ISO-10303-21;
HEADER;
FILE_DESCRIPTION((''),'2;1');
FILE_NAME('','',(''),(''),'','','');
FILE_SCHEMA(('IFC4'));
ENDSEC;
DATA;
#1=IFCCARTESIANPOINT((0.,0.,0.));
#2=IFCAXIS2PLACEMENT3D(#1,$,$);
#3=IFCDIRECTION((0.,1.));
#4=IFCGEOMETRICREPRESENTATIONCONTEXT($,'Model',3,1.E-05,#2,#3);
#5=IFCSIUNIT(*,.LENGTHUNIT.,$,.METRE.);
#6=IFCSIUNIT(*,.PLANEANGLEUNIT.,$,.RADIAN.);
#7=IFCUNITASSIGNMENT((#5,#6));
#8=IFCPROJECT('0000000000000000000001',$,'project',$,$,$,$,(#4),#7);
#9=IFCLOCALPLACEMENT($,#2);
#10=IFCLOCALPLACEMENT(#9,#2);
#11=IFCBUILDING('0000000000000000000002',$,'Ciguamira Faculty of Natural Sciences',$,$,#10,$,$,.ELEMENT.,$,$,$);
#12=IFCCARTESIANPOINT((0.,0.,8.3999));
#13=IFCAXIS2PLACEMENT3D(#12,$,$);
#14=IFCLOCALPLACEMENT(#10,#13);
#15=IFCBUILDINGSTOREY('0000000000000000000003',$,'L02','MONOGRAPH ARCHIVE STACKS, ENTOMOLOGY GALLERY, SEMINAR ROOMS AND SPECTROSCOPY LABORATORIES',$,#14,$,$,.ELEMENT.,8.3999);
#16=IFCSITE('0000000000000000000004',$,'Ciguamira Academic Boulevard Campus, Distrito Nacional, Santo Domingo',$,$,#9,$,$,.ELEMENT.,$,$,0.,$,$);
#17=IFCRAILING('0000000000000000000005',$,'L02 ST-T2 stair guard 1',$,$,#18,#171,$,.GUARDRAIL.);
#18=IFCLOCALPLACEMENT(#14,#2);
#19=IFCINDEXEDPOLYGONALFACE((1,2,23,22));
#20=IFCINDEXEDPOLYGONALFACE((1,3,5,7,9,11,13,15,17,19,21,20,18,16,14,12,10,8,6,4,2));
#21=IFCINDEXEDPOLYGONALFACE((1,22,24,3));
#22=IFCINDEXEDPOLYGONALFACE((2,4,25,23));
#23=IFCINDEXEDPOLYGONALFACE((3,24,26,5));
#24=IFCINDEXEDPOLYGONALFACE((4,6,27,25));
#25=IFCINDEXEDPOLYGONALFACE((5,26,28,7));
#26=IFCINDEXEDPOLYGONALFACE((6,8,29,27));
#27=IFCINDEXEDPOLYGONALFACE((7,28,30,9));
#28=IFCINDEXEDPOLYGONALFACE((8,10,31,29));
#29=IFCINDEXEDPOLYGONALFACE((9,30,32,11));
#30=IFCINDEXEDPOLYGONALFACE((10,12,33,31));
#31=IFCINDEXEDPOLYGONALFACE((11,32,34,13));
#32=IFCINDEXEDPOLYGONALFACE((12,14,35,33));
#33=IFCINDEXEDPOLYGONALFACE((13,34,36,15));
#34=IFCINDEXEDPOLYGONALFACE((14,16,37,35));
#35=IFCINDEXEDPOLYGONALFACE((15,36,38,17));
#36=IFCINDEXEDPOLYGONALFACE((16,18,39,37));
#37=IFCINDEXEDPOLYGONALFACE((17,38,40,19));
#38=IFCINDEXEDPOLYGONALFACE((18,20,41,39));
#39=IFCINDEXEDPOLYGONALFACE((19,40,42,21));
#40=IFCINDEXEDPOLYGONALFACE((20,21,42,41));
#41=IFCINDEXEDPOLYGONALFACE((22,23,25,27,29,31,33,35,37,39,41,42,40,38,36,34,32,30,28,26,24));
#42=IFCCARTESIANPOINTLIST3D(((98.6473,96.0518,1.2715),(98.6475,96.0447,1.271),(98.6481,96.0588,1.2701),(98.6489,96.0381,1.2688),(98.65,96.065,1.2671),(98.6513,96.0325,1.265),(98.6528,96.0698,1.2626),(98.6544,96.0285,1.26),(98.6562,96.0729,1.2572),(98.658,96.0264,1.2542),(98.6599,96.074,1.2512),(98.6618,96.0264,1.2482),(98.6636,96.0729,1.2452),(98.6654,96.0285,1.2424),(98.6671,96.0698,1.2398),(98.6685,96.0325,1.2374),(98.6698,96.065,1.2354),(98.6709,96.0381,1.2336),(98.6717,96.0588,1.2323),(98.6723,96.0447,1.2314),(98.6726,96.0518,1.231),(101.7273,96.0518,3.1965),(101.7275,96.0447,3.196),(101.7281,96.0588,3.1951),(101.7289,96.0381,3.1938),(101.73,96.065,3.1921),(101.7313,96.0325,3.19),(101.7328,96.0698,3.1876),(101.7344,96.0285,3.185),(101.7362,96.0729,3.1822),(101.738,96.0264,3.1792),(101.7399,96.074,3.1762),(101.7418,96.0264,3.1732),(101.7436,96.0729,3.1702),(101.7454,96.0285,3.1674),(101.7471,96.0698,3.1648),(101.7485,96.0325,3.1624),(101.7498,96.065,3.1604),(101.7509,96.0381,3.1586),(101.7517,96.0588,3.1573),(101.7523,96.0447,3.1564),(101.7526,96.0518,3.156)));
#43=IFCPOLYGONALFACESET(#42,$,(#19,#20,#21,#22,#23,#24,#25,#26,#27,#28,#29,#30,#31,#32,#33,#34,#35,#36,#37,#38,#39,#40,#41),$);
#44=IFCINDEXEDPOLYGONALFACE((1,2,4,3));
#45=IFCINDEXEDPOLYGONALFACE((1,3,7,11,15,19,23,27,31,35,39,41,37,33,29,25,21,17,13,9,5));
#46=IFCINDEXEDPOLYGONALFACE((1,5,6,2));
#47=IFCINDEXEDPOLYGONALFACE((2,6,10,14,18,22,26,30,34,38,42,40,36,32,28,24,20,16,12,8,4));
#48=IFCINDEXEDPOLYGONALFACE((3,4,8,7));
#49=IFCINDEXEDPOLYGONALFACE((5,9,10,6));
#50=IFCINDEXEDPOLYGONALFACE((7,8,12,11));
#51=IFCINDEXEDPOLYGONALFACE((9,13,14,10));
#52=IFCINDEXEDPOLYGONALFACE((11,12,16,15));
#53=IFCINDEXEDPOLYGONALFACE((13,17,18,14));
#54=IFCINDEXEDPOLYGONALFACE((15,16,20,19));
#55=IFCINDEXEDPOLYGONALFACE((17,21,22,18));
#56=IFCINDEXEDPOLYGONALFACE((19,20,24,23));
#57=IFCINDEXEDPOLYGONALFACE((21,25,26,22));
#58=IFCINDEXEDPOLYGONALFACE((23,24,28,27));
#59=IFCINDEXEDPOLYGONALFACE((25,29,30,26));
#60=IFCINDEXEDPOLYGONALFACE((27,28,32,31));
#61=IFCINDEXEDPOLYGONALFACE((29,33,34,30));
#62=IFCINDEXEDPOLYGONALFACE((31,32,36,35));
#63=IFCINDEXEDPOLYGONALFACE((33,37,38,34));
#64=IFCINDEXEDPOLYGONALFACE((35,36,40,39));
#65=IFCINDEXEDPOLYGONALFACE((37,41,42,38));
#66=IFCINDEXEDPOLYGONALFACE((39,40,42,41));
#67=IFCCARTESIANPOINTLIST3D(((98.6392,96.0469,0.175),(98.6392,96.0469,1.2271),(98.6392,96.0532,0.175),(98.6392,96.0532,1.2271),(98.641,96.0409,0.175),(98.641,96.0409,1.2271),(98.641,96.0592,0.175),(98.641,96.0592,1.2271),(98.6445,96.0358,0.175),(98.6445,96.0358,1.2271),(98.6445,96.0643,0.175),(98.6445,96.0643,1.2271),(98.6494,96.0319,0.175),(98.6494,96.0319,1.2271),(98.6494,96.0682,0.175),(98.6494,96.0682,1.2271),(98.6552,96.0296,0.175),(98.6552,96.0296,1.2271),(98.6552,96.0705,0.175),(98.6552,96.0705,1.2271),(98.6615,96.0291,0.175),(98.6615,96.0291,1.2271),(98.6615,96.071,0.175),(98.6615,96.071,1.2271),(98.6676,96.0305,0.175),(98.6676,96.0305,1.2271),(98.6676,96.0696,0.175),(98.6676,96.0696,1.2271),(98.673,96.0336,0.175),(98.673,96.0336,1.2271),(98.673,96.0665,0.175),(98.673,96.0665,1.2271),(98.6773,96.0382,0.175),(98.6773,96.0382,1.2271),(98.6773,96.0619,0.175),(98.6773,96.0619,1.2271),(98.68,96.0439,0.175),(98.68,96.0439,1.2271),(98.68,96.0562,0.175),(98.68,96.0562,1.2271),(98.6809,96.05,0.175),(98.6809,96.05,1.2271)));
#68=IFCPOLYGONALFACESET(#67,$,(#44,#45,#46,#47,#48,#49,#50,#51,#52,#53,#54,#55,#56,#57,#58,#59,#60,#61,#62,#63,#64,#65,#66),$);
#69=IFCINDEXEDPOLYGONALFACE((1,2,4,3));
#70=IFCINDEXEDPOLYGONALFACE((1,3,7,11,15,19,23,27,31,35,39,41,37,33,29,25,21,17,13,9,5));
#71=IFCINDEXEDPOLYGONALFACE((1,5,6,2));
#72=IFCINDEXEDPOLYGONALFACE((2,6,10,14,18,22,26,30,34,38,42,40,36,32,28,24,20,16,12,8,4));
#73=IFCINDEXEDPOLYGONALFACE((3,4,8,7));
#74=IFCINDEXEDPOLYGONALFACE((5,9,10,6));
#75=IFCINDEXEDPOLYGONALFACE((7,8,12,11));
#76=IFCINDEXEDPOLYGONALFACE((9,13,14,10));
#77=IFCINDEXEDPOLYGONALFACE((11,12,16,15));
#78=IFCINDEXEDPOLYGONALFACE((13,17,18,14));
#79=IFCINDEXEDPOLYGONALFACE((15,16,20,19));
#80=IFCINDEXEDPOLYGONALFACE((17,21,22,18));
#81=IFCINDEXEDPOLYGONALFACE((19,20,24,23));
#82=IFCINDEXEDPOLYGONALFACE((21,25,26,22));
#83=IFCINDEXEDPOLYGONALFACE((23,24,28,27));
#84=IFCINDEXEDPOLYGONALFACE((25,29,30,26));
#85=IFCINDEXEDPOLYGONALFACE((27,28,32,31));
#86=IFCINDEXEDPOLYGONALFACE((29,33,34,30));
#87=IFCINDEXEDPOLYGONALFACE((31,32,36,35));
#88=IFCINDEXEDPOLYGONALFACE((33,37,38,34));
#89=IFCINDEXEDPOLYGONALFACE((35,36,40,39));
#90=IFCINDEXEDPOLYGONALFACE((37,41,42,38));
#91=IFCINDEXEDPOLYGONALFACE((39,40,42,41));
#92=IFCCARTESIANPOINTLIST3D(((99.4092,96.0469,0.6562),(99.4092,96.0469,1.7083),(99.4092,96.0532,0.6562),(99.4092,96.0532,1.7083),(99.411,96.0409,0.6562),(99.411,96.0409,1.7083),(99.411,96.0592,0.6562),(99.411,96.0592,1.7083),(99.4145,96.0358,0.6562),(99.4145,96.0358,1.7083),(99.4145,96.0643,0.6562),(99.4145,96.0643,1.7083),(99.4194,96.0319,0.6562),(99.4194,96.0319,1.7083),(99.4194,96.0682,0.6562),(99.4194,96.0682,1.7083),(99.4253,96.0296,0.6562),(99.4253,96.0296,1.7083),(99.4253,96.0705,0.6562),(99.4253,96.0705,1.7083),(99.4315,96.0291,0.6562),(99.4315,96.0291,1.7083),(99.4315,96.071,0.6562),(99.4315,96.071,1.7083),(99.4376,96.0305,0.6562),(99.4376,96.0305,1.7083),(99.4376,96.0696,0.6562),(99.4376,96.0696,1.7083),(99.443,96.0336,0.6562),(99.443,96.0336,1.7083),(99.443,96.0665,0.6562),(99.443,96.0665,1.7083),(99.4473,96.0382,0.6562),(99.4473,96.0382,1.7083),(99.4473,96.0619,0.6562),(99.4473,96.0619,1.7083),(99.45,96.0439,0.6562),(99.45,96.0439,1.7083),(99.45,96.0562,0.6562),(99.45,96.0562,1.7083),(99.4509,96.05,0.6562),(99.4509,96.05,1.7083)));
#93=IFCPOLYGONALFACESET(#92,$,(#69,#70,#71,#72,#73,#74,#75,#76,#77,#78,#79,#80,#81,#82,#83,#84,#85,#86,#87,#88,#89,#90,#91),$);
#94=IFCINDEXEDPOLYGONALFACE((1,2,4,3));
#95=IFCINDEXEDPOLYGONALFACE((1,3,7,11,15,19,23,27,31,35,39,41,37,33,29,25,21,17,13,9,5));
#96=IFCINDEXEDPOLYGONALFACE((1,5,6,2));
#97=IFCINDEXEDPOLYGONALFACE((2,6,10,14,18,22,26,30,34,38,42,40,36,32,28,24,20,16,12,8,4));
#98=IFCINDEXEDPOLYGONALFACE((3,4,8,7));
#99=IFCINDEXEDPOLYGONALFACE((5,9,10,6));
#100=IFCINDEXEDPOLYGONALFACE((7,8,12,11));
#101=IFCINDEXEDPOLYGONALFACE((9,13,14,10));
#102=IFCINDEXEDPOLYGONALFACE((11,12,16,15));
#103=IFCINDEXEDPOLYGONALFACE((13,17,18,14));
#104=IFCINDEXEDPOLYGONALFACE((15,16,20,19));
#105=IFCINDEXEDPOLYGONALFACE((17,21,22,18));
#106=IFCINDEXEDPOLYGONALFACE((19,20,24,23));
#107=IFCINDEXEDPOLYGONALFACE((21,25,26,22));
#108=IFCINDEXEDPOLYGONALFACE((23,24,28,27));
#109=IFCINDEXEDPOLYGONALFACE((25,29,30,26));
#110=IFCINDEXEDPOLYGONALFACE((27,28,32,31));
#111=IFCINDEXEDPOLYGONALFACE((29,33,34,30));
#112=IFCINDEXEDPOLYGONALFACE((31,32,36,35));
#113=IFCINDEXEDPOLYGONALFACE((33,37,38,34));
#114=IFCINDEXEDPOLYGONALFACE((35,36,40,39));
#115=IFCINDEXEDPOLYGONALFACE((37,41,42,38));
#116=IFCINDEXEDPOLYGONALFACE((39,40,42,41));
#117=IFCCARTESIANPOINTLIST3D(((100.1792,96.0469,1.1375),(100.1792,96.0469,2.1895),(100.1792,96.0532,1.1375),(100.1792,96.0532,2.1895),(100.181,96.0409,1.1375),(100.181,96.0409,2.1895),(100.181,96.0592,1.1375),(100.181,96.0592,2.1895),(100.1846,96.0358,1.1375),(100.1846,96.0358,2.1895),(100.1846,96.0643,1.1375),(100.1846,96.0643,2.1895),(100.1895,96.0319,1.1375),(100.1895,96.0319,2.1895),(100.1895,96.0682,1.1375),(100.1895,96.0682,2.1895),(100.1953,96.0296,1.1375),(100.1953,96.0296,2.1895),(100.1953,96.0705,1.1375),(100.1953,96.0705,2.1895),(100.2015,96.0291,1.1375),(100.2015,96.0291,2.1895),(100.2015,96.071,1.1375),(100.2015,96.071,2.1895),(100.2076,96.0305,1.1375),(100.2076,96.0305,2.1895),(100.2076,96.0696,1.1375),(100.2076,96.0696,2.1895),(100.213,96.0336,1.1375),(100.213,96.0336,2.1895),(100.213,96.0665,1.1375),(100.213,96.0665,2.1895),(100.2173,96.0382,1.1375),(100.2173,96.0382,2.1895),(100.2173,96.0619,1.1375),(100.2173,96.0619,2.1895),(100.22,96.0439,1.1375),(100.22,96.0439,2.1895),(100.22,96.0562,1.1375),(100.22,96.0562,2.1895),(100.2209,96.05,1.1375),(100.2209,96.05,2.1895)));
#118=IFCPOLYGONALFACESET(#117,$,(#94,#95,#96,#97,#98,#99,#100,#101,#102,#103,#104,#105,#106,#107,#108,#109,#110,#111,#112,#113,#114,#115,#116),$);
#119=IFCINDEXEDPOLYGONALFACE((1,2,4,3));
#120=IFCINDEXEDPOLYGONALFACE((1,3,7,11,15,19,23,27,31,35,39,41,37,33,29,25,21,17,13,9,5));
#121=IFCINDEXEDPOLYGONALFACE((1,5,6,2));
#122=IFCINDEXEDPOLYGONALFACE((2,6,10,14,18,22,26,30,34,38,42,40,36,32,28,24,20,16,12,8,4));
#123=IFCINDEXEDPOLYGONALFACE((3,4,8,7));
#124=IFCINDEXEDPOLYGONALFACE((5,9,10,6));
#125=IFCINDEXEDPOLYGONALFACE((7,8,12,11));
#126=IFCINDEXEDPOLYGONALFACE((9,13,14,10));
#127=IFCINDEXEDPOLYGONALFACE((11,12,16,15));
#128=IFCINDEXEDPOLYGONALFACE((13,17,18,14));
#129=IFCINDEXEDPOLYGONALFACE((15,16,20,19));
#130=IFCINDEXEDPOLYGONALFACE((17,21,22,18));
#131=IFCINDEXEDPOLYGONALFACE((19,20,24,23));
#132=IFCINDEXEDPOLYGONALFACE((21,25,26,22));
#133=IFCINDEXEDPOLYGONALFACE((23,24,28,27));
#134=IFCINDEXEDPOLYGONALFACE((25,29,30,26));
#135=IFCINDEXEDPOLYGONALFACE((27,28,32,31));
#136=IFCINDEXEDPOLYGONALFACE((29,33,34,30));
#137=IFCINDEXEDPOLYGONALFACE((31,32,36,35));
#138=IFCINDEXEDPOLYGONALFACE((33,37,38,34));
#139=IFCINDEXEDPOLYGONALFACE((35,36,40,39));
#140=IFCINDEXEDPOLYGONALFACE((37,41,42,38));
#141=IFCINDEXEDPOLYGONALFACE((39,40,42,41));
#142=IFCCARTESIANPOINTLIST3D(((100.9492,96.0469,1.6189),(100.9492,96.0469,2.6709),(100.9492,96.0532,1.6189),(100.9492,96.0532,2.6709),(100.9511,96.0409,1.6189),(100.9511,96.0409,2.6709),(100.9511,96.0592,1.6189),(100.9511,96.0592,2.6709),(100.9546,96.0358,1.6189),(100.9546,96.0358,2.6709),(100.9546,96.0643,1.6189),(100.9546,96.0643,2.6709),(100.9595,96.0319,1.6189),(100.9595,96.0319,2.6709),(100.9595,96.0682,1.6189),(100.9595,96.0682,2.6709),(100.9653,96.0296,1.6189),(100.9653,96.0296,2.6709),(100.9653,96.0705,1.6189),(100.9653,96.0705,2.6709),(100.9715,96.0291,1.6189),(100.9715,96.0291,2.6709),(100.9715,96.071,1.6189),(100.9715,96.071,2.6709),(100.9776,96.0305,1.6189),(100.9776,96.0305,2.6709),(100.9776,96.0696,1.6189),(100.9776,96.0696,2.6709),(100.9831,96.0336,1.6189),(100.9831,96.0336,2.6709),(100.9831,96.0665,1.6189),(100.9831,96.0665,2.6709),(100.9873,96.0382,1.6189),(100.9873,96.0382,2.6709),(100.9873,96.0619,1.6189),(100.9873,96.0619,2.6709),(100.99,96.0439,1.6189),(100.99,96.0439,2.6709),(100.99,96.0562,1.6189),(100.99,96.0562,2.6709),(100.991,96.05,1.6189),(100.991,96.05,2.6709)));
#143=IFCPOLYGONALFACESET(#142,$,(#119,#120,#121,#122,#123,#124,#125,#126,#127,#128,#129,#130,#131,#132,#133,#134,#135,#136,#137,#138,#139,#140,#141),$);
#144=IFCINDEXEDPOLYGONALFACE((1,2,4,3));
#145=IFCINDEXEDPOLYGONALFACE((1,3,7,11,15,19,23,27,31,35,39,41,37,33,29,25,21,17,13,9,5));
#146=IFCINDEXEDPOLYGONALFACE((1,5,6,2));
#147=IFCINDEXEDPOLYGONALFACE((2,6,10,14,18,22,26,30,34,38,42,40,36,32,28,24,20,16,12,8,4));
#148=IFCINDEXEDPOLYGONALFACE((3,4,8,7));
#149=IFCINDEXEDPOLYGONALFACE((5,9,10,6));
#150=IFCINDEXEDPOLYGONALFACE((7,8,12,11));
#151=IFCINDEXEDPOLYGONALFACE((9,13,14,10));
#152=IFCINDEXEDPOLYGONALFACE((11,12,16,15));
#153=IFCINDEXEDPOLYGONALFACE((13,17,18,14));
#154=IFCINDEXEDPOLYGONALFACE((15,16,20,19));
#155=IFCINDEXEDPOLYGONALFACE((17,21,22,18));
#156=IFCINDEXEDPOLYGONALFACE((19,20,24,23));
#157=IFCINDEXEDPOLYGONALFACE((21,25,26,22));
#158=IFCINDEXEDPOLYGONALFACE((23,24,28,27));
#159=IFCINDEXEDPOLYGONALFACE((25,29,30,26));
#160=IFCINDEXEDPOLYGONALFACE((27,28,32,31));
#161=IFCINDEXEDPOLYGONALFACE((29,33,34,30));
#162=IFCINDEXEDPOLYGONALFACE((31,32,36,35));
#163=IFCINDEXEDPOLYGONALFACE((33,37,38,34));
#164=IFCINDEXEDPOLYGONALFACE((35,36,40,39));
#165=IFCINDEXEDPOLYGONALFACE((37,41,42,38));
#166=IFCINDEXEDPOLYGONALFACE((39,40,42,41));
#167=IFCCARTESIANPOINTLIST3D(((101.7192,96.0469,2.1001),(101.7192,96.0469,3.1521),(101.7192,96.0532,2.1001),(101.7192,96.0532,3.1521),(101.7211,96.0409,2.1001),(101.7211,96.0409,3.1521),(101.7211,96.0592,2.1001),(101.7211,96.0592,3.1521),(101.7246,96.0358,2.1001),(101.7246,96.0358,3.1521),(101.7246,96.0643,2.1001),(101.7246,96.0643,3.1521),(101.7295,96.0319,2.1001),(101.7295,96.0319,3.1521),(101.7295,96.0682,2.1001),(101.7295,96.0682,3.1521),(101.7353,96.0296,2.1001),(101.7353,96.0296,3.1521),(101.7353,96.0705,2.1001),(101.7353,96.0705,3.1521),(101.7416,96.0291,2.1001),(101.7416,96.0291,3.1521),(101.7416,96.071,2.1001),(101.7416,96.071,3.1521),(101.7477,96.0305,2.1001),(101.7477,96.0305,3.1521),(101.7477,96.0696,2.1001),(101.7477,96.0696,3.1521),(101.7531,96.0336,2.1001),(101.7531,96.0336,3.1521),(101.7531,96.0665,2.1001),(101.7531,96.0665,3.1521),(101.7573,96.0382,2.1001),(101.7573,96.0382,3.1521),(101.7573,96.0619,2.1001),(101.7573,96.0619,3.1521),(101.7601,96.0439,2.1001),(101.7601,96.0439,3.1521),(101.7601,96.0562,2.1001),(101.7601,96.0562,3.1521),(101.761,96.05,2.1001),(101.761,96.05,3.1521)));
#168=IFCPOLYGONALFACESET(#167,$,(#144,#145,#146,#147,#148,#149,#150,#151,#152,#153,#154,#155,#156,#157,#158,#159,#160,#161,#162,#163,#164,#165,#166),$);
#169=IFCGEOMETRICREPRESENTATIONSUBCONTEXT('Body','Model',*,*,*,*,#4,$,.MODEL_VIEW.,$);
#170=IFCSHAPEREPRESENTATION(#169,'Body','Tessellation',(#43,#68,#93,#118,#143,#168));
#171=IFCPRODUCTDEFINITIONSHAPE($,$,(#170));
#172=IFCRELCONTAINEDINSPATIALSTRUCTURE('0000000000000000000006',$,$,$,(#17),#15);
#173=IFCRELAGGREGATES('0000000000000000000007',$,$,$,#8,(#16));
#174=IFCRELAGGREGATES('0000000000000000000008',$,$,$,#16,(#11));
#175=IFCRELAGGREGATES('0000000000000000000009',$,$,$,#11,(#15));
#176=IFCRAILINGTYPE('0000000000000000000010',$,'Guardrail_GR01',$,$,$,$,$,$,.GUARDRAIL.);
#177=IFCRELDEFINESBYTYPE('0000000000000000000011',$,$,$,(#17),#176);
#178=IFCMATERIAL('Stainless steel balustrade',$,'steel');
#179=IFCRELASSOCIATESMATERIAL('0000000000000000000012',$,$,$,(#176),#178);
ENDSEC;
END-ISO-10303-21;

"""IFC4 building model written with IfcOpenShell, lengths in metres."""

from ifc_helpers import new_model, si_unit, direction, frame, origin, origin_2d, place, context, subcontext, project, spatial, circle, extrude, material, type_object, element, save


model = new_model("IFC4")

# Units and contexts
model_context = context("Model", 3, precision=1e-05, world=origin(), true_north=direction((0.0, 1.0)))
body_context = subcontext(model_context, "Body", "Model", "MODEL_VIEW")
ifc_project = project(units=[si_unit("LENGTHUNIT", "METRE"), si_unit("PLANEANGLEUNIT", "RADIAN")], contexts=[model_context])

# Site, building, storey
site_placement = place(None, origin())
site = spatial("IfcSite", under=ifc_project, at=site_placement, Name="Ciguamira Academic Boulevard Campus, Distrito Nacional, Santo Domingo", CompositionType="ELEMENT", RefElevation=0.0)
building_placement = place(site_placement, origin())
building = spatial("IfcBuilding", under=site, at=building_placement, Name="Ciguamira Faculty of Natural Sciences", CompositionType="ELEMENT")
storey_placement = place(building_placement, frame((0.0, 0.0, 8.3999)))
storey = spatial("IfcBuildingStorey", under=building, at=storey_placement, Name="L02", Description="MONOGRAPH ARCHIVE STACKS, ENTOMOLOGY GALLERY, SEMINAR ROOMS AND SPECTROSCOPY LABORATORIES", CompositionType="ELEMENT", Elevation=8.3999)

# Railing
ifc_material_1 = material(Name="Stainless steel balustrade", Category="steel")
railing_type_1 = type_object("IfcRailingType", Name="Guardrail_GR01", PredefinedType="GUARDRAIL", material=ifc_material_1)
railing_1_placement = place(storey_placement, frame((98.6599, 96.05, 0.175)))
element("IfcRailing", 1, at=railing_1_placement, inside=storey, type_object=railing_type_1, Name="L02 ST-T2 stair guard 1", PredefinedType="GUARDRAIL", context=body_context, shape_type="SweptSolid", body=[
    extrude(circle(Radius=0.0239, at=origin_2d()), frame((0.0, 0.0, 1.0762), z_axis=(0.847998, 0.0, 0.529999), x_axis=(0.0, 1.0, 0.0)), (0.0, 0.0, 1.0), 3.6321),
    extrude(circle(Radius=0.021, at=origin_2d()), origin(), (0.0, 0.0, 1.0), 1.052),
    extrude(circle(Radius=0.021, at=origin_2d()), frame((0.77, 0.0, 0.4812)), (0.0, 0.0, 1.0), 1.052),
    extrude(circle(Radius=0.021, at=origin_2d()), frame((1.54, 0.0, 0.9624)), (0.0, 0.0, 1.0), 1.052),
    extrude(circle(Radius=0.021, at=origin_2d()), frame((2.3101, 0.0, 1.4438)), (0.0, 0.0, 1.0), 1.052),
    extrude(circle(Radius=0.021, at=origin_2d()), frame((3.0801, 0.0, 1.925)), (0.0, 0.0, 1.0), 1.052),
])

save(model, "model.ifc")
